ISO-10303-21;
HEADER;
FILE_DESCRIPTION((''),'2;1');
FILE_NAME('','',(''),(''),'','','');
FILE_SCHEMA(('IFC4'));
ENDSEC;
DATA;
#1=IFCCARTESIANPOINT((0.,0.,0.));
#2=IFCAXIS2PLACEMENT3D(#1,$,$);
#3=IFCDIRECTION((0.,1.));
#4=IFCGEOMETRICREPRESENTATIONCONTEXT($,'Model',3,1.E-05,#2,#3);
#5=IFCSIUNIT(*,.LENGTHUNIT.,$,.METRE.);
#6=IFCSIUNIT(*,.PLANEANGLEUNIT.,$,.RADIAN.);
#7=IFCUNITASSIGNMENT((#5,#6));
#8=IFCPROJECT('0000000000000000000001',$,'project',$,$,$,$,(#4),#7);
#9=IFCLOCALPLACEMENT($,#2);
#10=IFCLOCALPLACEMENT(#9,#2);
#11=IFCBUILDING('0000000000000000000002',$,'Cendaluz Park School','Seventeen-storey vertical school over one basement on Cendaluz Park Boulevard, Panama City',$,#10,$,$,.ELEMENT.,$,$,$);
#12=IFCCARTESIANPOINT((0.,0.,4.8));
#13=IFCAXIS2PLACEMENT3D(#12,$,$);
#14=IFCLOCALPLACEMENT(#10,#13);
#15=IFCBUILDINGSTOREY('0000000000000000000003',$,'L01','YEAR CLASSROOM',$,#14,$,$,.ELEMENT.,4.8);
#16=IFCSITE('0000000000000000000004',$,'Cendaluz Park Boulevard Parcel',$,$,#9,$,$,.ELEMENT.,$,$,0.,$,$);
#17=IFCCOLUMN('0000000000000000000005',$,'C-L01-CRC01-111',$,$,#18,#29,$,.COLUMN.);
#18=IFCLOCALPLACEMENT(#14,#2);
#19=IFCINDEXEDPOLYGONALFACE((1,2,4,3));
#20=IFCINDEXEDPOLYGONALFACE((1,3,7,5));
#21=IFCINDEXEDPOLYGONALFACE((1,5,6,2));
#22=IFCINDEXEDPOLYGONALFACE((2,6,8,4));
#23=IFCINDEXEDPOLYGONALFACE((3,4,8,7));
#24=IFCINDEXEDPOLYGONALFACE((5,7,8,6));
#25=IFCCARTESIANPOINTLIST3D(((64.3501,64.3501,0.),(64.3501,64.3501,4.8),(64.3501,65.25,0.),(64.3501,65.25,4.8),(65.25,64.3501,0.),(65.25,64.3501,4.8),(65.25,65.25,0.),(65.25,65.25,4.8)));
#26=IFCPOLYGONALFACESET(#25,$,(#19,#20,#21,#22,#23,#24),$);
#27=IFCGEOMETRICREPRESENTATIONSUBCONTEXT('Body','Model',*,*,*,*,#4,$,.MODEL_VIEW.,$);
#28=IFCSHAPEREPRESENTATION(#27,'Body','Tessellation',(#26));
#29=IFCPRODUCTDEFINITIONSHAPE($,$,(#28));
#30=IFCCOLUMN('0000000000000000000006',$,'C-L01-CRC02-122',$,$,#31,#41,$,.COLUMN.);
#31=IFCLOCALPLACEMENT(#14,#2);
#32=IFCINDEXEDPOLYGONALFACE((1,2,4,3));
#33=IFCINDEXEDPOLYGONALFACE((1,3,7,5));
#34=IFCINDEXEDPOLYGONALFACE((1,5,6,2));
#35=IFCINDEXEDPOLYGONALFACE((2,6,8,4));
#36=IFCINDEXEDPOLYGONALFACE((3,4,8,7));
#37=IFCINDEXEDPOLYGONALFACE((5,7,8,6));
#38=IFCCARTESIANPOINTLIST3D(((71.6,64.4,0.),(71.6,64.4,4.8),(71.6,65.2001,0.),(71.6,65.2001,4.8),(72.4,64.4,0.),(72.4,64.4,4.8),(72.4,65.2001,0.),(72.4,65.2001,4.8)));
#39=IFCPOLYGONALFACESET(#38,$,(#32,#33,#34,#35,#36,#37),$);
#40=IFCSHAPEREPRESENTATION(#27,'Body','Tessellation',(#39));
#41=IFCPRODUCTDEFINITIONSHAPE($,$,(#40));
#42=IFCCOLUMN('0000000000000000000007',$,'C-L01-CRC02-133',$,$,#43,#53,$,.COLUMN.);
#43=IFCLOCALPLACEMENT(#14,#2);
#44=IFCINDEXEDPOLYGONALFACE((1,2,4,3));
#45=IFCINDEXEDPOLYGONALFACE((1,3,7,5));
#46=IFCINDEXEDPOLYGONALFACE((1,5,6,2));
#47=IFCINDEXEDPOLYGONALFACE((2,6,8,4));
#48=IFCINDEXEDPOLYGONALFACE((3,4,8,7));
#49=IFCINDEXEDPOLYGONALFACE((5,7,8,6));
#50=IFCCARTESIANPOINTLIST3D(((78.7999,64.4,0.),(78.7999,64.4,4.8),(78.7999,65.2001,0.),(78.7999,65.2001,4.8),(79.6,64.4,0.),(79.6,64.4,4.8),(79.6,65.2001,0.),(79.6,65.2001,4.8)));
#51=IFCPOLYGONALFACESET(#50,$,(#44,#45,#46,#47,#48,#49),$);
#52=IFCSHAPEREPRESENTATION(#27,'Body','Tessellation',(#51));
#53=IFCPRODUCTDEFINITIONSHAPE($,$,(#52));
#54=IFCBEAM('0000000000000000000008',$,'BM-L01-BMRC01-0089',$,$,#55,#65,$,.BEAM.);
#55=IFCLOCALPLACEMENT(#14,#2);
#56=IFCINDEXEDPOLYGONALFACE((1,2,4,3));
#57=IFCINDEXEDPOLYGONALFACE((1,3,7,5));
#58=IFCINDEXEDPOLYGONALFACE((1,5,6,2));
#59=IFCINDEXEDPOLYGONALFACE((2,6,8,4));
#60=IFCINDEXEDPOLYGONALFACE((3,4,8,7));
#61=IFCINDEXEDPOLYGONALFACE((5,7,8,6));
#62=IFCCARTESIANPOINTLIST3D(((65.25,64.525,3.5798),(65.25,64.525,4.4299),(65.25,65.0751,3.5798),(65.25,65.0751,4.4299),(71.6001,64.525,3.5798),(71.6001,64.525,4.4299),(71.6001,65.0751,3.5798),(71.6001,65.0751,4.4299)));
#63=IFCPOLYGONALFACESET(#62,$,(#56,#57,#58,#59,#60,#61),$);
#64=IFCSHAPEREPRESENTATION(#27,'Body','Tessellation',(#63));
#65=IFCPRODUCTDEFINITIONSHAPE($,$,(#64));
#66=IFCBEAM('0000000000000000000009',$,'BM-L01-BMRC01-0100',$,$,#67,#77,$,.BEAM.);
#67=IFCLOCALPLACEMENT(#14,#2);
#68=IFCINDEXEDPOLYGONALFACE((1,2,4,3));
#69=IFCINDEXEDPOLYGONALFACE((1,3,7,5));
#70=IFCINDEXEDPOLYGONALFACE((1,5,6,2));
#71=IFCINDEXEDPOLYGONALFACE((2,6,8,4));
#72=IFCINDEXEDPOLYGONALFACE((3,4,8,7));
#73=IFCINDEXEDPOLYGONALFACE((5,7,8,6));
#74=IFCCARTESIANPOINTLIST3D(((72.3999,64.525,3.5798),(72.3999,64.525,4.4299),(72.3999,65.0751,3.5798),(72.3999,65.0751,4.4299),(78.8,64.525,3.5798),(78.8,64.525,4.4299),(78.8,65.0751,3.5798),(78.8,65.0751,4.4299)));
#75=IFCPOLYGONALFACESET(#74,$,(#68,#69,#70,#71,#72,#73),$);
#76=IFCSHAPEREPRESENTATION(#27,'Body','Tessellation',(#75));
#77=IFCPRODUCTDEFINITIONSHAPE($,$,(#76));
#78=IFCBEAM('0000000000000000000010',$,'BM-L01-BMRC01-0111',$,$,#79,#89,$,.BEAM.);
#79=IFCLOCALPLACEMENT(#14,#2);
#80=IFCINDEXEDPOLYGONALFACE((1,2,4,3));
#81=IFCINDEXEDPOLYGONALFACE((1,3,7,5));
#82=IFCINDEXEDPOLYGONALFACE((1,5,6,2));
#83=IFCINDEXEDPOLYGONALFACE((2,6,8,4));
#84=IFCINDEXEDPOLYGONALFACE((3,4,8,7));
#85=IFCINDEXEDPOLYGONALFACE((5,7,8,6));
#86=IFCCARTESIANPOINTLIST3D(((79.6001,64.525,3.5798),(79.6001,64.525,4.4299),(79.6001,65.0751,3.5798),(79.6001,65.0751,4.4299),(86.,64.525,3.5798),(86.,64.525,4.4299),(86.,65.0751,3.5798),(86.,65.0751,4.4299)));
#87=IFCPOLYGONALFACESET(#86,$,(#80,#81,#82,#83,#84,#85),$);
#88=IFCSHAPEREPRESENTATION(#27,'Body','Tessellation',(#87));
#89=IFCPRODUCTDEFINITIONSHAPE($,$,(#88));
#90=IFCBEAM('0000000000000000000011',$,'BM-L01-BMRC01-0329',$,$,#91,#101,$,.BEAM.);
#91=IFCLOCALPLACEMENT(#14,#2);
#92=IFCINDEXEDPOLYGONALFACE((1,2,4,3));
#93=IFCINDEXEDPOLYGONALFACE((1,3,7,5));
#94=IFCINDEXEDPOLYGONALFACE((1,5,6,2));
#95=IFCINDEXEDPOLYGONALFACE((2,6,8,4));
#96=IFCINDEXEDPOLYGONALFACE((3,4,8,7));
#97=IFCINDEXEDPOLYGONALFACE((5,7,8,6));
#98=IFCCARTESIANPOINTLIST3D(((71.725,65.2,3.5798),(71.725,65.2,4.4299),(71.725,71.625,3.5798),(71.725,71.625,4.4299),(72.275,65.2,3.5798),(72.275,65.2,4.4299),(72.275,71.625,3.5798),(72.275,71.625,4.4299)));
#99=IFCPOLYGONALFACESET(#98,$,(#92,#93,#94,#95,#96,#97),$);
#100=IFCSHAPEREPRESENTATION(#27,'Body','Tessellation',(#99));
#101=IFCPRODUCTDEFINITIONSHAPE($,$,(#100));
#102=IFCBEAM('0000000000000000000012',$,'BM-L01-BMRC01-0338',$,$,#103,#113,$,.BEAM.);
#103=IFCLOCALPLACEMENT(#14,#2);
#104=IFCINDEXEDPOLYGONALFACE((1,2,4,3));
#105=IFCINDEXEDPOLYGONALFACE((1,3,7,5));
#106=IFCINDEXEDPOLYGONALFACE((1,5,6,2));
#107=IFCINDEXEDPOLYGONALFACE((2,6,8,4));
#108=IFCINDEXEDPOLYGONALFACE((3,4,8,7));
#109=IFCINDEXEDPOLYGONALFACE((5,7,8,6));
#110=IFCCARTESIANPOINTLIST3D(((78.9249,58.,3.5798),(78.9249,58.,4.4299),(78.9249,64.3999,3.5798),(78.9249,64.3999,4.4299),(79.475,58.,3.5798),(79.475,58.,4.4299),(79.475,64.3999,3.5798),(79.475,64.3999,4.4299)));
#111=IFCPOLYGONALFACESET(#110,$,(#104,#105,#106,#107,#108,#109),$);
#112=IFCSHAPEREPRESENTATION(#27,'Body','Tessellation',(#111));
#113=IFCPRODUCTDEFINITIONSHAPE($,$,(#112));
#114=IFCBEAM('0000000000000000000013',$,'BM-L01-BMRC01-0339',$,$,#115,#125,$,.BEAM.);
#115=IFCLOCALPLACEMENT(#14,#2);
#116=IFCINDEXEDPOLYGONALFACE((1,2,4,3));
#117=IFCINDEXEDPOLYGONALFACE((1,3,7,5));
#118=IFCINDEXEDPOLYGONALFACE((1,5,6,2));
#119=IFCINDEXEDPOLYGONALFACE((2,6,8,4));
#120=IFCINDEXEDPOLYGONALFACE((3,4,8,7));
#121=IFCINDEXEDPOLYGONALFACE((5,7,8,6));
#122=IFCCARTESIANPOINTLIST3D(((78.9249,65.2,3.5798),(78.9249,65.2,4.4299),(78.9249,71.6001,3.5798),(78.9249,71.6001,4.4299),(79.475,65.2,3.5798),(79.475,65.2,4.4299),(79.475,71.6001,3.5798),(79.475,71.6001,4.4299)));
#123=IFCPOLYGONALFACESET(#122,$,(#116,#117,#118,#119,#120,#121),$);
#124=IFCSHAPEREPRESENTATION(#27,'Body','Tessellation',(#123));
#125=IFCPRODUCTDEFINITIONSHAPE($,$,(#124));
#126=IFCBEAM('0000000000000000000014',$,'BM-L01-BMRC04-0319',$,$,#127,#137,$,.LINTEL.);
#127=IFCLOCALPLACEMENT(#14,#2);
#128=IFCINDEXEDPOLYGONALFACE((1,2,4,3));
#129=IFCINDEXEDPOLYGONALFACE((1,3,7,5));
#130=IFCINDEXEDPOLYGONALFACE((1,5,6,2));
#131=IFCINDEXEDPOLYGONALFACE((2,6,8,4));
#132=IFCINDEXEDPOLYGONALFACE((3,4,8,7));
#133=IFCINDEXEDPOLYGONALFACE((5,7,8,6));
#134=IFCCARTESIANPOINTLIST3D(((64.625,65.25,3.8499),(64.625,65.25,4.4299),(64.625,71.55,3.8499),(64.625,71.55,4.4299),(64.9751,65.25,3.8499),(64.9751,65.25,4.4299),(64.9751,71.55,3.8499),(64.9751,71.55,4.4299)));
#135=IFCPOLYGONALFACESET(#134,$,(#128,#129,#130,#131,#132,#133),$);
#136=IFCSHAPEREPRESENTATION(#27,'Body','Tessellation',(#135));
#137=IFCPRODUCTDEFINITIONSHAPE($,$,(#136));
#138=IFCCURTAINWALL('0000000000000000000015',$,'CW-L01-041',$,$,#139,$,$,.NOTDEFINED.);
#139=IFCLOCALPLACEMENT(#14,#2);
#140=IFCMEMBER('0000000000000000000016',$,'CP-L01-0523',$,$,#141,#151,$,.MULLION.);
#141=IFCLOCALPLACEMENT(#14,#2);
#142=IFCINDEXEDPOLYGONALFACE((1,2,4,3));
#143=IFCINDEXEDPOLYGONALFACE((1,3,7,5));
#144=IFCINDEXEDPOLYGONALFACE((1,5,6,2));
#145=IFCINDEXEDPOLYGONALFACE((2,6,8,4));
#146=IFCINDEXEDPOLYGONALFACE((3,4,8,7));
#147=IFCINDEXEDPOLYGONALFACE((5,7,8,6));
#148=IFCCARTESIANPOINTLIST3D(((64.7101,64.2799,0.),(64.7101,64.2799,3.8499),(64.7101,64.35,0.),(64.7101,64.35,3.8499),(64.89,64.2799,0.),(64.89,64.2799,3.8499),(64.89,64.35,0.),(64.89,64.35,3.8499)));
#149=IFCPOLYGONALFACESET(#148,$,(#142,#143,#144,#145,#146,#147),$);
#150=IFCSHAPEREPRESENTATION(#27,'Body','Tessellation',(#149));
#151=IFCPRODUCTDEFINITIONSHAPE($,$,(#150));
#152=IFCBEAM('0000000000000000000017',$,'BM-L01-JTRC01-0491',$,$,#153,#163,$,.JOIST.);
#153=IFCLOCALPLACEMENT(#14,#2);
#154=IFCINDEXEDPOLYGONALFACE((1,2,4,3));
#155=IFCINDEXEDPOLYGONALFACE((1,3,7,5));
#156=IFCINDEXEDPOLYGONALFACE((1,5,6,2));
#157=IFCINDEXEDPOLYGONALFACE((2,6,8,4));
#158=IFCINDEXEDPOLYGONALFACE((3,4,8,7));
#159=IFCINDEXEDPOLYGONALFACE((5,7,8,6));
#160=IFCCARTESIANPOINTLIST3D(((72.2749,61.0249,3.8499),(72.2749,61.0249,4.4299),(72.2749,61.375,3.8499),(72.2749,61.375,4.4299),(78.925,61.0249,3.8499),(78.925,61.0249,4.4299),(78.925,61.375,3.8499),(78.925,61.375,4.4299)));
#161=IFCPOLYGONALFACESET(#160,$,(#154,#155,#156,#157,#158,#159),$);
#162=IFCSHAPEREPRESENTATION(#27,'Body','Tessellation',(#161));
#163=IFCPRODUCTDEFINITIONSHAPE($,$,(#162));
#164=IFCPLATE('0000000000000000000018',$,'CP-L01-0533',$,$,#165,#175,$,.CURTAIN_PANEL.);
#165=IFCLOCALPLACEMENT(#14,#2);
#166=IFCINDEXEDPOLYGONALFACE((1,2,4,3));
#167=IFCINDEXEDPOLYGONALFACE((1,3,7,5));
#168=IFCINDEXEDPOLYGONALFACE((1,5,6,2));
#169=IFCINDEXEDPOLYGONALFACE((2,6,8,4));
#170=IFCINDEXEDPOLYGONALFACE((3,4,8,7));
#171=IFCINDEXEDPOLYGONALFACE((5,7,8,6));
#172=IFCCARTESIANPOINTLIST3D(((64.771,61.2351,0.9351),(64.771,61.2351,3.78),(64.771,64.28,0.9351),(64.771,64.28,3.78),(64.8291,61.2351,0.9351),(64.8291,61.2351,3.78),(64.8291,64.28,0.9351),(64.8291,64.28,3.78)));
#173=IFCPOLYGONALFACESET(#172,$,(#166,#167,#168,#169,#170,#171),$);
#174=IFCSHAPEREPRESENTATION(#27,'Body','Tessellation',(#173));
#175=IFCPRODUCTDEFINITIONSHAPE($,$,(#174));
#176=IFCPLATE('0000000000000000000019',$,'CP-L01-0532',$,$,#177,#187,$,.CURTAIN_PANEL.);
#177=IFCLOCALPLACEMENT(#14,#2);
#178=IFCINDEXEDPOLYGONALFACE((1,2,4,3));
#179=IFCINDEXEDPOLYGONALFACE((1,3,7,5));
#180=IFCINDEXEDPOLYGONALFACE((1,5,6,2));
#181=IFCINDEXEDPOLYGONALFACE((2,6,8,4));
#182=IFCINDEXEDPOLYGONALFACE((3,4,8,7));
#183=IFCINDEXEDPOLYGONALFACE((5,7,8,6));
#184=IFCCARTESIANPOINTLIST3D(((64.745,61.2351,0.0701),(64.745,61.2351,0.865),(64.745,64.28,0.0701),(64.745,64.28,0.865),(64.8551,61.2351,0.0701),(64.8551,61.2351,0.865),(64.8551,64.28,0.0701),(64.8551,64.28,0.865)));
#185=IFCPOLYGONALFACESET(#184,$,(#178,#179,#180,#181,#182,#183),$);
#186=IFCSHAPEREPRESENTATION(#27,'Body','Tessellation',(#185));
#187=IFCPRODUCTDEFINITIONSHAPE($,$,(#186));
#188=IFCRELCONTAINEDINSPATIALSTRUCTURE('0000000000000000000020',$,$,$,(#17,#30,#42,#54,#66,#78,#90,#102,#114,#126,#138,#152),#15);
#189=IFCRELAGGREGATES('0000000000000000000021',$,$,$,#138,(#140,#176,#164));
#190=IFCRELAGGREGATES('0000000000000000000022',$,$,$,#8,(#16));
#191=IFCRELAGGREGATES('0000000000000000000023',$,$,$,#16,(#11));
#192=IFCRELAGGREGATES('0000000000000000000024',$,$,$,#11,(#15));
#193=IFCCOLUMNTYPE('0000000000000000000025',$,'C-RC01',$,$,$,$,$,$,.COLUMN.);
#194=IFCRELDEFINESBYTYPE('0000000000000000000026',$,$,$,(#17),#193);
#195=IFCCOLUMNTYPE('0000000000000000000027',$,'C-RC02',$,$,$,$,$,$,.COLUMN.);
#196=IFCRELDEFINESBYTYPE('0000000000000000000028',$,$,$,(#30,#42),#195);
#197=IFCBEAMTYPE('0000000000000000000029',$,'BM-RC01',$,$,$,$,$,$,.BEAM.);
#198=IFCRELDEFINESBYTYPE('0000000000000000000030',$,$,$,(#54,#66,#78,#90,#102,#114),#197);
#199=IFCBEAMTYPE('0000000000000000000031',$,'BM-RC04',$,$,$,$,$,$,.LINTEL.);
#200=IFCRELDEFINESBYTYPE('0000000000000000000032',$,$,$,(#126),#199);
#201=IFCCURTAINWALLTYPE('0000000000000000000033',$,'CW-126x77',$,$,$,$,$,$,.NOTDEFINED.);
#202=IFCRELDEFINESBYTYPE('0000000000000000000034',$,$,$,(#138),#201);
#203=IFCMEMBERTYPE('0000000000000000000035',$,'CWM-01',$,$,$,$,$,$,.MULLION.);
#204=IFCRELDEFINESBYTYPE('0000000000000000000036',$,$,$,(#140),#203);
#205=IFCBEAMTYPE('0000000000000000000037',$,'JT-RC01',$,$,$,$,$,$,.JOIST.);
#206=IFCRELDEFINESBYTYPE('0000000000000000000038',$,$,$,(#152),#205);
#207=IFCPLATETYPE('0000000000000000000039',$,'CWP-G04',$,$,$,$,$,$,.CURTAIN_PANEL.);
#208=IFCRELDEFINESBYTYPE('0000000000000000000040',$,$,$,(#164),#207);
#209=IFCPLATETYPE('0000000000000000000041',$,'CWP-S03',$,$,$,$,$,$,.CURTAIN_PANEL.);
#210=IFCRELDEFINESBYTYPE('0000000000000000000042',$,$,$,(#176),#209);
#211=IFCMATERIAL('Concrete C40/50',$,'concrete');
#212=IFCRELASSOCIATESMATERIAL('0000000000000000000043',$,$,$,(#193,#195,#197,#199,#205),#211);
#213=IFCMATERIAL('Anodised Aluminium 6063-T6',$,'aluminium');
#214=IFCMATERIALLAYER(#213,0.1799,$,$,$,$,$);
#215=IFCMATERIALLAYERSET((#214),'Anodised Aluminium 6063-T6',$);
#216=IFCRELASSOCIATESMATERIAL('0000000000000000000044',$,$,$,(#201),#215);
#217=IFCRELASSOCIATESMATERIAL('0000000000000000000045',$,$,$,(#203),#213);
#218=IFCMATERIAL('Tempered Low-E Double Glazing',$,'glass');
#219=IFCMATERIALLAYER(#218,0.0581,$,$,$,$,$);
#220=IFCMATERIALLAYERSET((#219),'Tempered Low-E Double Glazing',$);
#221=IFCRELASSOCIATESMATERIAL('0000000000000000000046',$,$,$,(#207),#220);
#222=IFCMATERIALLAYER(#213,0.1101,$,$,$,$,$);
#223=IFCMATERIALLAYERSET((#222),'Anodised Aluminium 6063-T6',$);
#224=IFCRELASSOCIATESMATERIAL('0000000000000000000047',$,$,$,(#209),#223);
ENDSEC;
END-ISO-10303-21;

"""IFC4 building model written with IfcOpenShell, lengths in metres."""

from ifc_helpers import new_model, si_unit, direction, frame, origin, origin_2d, place, context, subcontext, project, spatial, rectangle, extrude, material, layer, layer_set, material_profile, profile_set, type_object, element, aggregate, save


model = new_model("IFC4")

# Units and contexts
model_context = context("Model", 3, precision=1e-05, world=origin(), true_north=direction((0.0, 1.0)))
body_context = subcontext(model_context, "Body", "Model", "MODEL_VIEW")
ifc_project = project(units=[si_unit("LENGTHUNIT", "METRE"), si_unit("PLANEANGLEUNIT", "RADIAN")], contexts=[model_context])

# Site, building, storey
site_placement = place(None, origin())
site = spatial("IfcSite", under=ifc_project, at=site_placement, Name="Cendaluz Park Boulevard Parcel", CompositionType="ELEMENT", RefElevation=0.0)
building_placement = place(site_placement, origin())
building = spatial("IfcBuilding", under=site, at=building_placement, Name="Cendaluz Park School", Description="Seventeen-storey vertical school over one basement on Cendaluz Park Boulevard, Panama City", CompositionType="ELEMENT")
storey_placement = place(building_placement, frame((0.0, 0.0, 4.8)))
storey = spatial("IfcBuildingStorey", under=building, at=storey_placement, Name="L01", Description="YEAR CLASSROOM", CompositionType="ELEMENT", Elevation=4.8)

# Columns
ifc_material_1 = material(Name="Concrete C40/50", Category="concrete")
ifc_material_profile_1 = material_profile(ifc_material_1, rectangle(XDim=0.8999, YDim=0.8999, at=origin_2d()), Name="RC 900x900", Category="concrete")
ifc_profile_set_1 = profile_set([ifc_material_profile_1], Name="Concrete C40/50")
column_type_1 = type_object("IfcColumnType", Name="C-RC01", PredefinedType="COLUMN", material=ifc_profile_set_1)
column_placement = place(storey_placement, frame((64.8, 64.8, 0.0), z_axis=(0.0, 0.0, 1.0), x_axis=(1.0, 0.0, 0.0)))
element("IfcColumn", 1, at=column_placement, inside=storey, type_object=column_type_1, Name="C-L01-CRC01-111", PredefinedType="COLUMN", context=body_context, shape_type="SweptSolid", body=[
    extrude(rectangle(XDim=0.8999, YDim=0.8999, at=origin_2d()), origin(), (0.0, 0.0, 1.0), 4.8),
])
ifc_material_profile_2 = material_profile(ifc_material_1, rectangle(XDim=0.8, YDim=0.8, at=origin_2d()), Name="RC 800x800", Category="concrete")
ifc_profile_set_2 = profile_set([ifc_material_profile_2], Name="Concrete C40/50")
column_type_2 = type_object("IfcColumnType", Name="C-RC02", PredefinedType="COLUMN", material=ifc_profile_set_2)
for number, where, z_axis, x_axis, name in (
    (2, (72.0, 64.8, 0.0), (0.0, 0.0, 1.0), (1.0, 0.0, 0.0), "C-L01-CRC02-122"),
    (3, (79.2, 64.8, 0.0), (0.0, 0.0, 1.0), (1.0, 0.0, 0.0), "C-L01-CRC02-133"),
):
    element("IfcColumn", number, at=place(storey_placement, frame(where, z_axis=z_axis, x_axis=x_axis)), inside=storey, type_object=column_type_2, Name=name, PredefinedType="COLUMN", context=body_context, shape_type="SweptSolid", body=[
        extrude(rectangle(XDim=0.8, YDim=0.8, at=origin_2d()), origin(), (0.0, 0.0, 1.0), 4.8),
    ])

# Beams
ifc_material_profile_3 = material_profile(ifc_material_1, rectangle(XDim=0.55, YDim=0.8501, at=origin_2d()), Name="RC 550x850", Category="concrete")
ifc_profile_set_3 = profile_set([ifc_material_profile_3], Name="Concrete C40/50")
beam_type_1 = type_object("IfcBeamType", Name="BM-RC01", PredefinedType="BEAM", material=ifc_profile_set_3)
beam_1_placement = place(storey_placement, frame((65.25, 64.8, 4.0049), z_axis=(1.0, 0.0, 0.0), x_axis=(0.0, 1.0, 0.0)))
element("IfcBeam", 4, at=beam_1_placement, inside=storey, type_object=beam_type_1, Name="BM-L01-BMRC01-0089", PredefinedType="BEAM", context=body_context, shape_type="SweptSolid", body=[
    extrude(rectangle(XDim=0.55, YDim=0.8501, at=origin_2d()), origin(), (0.0, 0.0, 1.0), 6.3501),
])
beam_2_placement = place(storey_placement, frame((72.3999, 64.8, 4.0049), z_axis=(1.0, 0.0, 0.0), x_axis=(0.0, 1.0, 0.0)))
element("IfcBeam", 5, at=beam_2_placement, inside=storey, type_object=beam_type_1, Name="BM-L01-BMRC01-0100", PredefinedType="BEAM", context=body_context, shape_type="SweptSolid", body=[
    extrude(rectangle(XDim=0.55, YDim=0.8501, at=origin_2d()), origin(), (0.0, 0.0, 1.0), 6.4001),
])
beam_3_placement = place(storey_placement, frame((79.6001, 64.8, 4.0049), z_axis=(1.0, 0.0, 0.0), x_axis=(0.0, 1.0, 0.0)))
element("IfcBeam", 6, at=beam_3_placement, inside=storey, type_object=beam_type_1, Name="BM-L01-BMRC01-0111", PredefinedType="BEAM", context=body_context, shape_type="SweptSolid", body=[
    extrude(rectangle(XDim=0.55, YDim=0.8501, at=origin_2d()), origin(), (0.0, 0.0, 1.0), 6.3999),
])
beam_4_placement = place(storey_placement, frame((72.0, 65.2, 4.0049), z_axis=(0.0, 1.0, 0.0), x_axis=(-1.0, 0.0, 0.0)))
element("IfcBeam", 7, at=beam_4_placement, inside=storey, type_object=beam_type_1, Name="BM-L01-BMRC01-0329", PredefinedType="BEAM", context=body_context, shape_type="SweptSolid", body=[
    extrude(rectangle(XDim=0.55, YDim=0.8501, at=origin_2d()), origin(), (0.0, 0.0, 1.0), 6.425),
])
beam_5_placement = place(storey_placement, frame((79.2, 58.0, 4.0049), z_axis=(0.0, 1.0, 0.0), x_axis=(-1.0, 0.0, 0.0)))
element("IfcBeam", 8, at=beam_5_placement, inside=storey, type_object=beam_type_1, Name="BM-L01-BMRC01-0338", PredefinedType="BEAM", context=body_context, shape_type="SweptSolid", body=[
    extrude(rectangle(XDim=0.55, YDim=0.8501, at=origin_2d()), origin(), (0.0, 0.0, 1.0), 6.3999),
])
beam_6_placement = place(storey_placement, frame((79.2, 65.2, 4.0049), z_axis=(0.0, 1.0, 0.0), x_axis=(-1.0, 0.0, 0.0)))
element("IfcBeam", 9, at=beam_6_placement, inside=storey, type_object=beam_type_1, Name="BM-L01-BMRC01-0339", PredefinedType="BEAM", context=body_context, shape_type="SweptSolid", body=[
    extrude(rectangle(XDim=0.55, YDim=0.8501, at=origin_2d()), origin(), (0.0, 0.0, 1.0), 6.4001),
])
ifc_material_profile_4 = material_profile(ifc_material_1, rectangle(XDim=0.3501, YDim=0.5801, at=origin_2d()), Name="RC 350x580", Category="concrete")
ifc_profile_set_4 = profile_set([ifc_material_profile_4], Name="Concrete C40/50")
beam_type_2 = type_object("IfcBeamType", Name="BM-RC04", PredefinedType="LINTEL", material=ifc_profile_set_4)
beam_7_placement = place(storey_placement, frame((64.8, 65.25, 4.1399), z_axis=(0.0, 1.0, 0.0), x_axis=(-1.0, 0.0, 0.0)))
element("IfcBeam", 10, at=beam_7_placement, inside=storey, type_object=beam_type_2, Name="BM-L01-BMRC04-0319", PredefinedType="LINTEL", context=body_context, shape_type="SweptSolid", body=[
    extrude(rectangle(XDim=0.3501, YDim=0.5801, at=origin_2d()), origin(), (0.0, 0.0, 1.0), 6.3),
])

# Curtain wall, member
ifc_material_2 = material(Name="Anodised Aluminium 6063-T6", Category="aluminium")
ifc_layer_1 = layer(ifc_material_2, 0.1799)
ifc_layer_set_1 = layer_set([ifc_layer_1], Name="Anodised Aluminium 6063-T6")
curtain_wall_type = type_object("IfcCurtainWallType", Name="CW-126x77", PredefinedType="NOTDEFINED", material=ifc_layer_set_1)
curtain_wall_placement = place(storey_placement, origin())
curtain_wall = element("IfcCurtainWall", 11, at=curtain_wall_placement, inside=storey, type_object=curtain_wall_type, Name="CW-L01-041", PredefinedType="NOTDEFINED")
ifc_material_profile_5 = material_profile(ifc_material_2, rectangle(XDim=0.1799, YDim=0.0701, at=origin_2d()), Name="CWM 180x70", Category="aluminium")
ifc_profile_set_5 = profile_set([ifc_material_profile_5], Name="Anodised Aluminium 6063-T6")
member_type = type_object("IfcMemberType", Name="CWM-01", PredefinedType="MULLION", material=ifc_profile_set_5)
member_placement = place(storey_placement, frame((64.8, 64.3149, 0.0), z_axis=(0.0, 0.0, 1.0), x_axis=(-1.0, 0.0, 0.0)))
member = element("IfcMember", 12, at=member_placement, type_object=member_type, Name="CP-L01-0523", PredefinedType="MULLION", context=body_context, shape_type="SweptSolid", body=[
    extrude(rectangle(XDim=0.1799, YDim=0.0701, at=origin_2d()), origin(), (0.0, 0.0, 1.0), 3.8499),
])

# Beam
ifc_material_profile_6 = material_profile(ifc_material_1, rectangle(XDim=0.3501, YDim=0.5801, at=origin_2d()), Name="RC 350x580", Category="concrete")
ifc_profile_set_6 = profile_set([ifc_material_profile_6], Name="Concrete C40/50")
beam_type_3 = type_object("IfcBeamType", Name="JT-RC01", PredefinedType="JOIST", material=ifc_profile_set_6)
beam_8_placement = place(storey_placement, frame((72.2749, 61.2, 4.1399), z_axis=(1.0, 0.0, 0.0), x_axis=(0.0, 1.0, 0.0)))
element("IfcBeam", 13, at=beam_8_placement, inside=storey, type_object=beam_type_3, Name="BM-L01-JTRC01-0491", PredefinedType="JOIST", context=body_context, shape_type="SweptSolid", body=[
    extrude(rectangle(XDim=0.3501, YDim=0.5801, at=origin_2d()), origin(), (0.0, 0.0, 1.0), 6.6501),
])

# Plates
ifc_material_3 = material(Name="Tempered Low-E Double Glazing", Category="glass")
ifc_layer_2 = layer(ifc_material_3, 0.0581)
ifc_layer_set_2 = layer_set([ifc_layer_2], Name="Tempered Low-E Double Glazing")
plate_type_1 = type_object("IfcPlateType", Name="CWP-G04", PredefinedType="CURTAIN_PANEL", material=ifc_layer_set_2)
plate_1_placement = place(storey_placement, frame((64.8, 62.7576, 0.9351), z_axis=(0.0, 0.0, 1.0), x_axis=(0.0, 1.0, 0.0)))
plate_1 = element("IfcPlate", 14, at=plate_1_placement, type_object=plate_type_1, Name="CP-L01-0533", PredefinedType="CURTAIN_PANEL", context=body_context, shape_type="SweptSolid", body=[
    extrude(rectangle(XDim=3.0449, YDim=0.0581, at=origin_2d()), origin(), (0.0, 0.0, 1.0), 2.845),
])
ifc_layer_3 = layer(ifc_material_2, 0.1101)
ifc_layer_set_3 = layer_set([ifc_layer_3], Name="Anodised Aluminium 6063-T6")
plate_type_2 = type_object("IfcPlateType", Name="CWP-S03", PredefinedType="CURTAIN_PANEL", material=ifc_layer_set_3)
plate_2_placement = place(storey_placement, frame((64.8, 62.7576, 0.0701), z_axis=(0.0, 0.0, 1.0), x_axis=(0.0, 1.0, 0.0)))
plate_2 = element("IfcPlate", 15, at=plate_2_placement, type_object=plate_type_2, Name="CP-L01-0532", PredefinedType="CURTAIN_PANEL", context=body_context, shape_type="SweptSolid", body=[
    extrude(rectangle(XDim=3.0449, YDim=0.1101, at=origin_2d()), origin(), (0.0, 0.0, 1.0), 0.7949),
])
aggregate(curtain_wall, [member, plate_2, plate_1])

save(model, "model.ifc")
